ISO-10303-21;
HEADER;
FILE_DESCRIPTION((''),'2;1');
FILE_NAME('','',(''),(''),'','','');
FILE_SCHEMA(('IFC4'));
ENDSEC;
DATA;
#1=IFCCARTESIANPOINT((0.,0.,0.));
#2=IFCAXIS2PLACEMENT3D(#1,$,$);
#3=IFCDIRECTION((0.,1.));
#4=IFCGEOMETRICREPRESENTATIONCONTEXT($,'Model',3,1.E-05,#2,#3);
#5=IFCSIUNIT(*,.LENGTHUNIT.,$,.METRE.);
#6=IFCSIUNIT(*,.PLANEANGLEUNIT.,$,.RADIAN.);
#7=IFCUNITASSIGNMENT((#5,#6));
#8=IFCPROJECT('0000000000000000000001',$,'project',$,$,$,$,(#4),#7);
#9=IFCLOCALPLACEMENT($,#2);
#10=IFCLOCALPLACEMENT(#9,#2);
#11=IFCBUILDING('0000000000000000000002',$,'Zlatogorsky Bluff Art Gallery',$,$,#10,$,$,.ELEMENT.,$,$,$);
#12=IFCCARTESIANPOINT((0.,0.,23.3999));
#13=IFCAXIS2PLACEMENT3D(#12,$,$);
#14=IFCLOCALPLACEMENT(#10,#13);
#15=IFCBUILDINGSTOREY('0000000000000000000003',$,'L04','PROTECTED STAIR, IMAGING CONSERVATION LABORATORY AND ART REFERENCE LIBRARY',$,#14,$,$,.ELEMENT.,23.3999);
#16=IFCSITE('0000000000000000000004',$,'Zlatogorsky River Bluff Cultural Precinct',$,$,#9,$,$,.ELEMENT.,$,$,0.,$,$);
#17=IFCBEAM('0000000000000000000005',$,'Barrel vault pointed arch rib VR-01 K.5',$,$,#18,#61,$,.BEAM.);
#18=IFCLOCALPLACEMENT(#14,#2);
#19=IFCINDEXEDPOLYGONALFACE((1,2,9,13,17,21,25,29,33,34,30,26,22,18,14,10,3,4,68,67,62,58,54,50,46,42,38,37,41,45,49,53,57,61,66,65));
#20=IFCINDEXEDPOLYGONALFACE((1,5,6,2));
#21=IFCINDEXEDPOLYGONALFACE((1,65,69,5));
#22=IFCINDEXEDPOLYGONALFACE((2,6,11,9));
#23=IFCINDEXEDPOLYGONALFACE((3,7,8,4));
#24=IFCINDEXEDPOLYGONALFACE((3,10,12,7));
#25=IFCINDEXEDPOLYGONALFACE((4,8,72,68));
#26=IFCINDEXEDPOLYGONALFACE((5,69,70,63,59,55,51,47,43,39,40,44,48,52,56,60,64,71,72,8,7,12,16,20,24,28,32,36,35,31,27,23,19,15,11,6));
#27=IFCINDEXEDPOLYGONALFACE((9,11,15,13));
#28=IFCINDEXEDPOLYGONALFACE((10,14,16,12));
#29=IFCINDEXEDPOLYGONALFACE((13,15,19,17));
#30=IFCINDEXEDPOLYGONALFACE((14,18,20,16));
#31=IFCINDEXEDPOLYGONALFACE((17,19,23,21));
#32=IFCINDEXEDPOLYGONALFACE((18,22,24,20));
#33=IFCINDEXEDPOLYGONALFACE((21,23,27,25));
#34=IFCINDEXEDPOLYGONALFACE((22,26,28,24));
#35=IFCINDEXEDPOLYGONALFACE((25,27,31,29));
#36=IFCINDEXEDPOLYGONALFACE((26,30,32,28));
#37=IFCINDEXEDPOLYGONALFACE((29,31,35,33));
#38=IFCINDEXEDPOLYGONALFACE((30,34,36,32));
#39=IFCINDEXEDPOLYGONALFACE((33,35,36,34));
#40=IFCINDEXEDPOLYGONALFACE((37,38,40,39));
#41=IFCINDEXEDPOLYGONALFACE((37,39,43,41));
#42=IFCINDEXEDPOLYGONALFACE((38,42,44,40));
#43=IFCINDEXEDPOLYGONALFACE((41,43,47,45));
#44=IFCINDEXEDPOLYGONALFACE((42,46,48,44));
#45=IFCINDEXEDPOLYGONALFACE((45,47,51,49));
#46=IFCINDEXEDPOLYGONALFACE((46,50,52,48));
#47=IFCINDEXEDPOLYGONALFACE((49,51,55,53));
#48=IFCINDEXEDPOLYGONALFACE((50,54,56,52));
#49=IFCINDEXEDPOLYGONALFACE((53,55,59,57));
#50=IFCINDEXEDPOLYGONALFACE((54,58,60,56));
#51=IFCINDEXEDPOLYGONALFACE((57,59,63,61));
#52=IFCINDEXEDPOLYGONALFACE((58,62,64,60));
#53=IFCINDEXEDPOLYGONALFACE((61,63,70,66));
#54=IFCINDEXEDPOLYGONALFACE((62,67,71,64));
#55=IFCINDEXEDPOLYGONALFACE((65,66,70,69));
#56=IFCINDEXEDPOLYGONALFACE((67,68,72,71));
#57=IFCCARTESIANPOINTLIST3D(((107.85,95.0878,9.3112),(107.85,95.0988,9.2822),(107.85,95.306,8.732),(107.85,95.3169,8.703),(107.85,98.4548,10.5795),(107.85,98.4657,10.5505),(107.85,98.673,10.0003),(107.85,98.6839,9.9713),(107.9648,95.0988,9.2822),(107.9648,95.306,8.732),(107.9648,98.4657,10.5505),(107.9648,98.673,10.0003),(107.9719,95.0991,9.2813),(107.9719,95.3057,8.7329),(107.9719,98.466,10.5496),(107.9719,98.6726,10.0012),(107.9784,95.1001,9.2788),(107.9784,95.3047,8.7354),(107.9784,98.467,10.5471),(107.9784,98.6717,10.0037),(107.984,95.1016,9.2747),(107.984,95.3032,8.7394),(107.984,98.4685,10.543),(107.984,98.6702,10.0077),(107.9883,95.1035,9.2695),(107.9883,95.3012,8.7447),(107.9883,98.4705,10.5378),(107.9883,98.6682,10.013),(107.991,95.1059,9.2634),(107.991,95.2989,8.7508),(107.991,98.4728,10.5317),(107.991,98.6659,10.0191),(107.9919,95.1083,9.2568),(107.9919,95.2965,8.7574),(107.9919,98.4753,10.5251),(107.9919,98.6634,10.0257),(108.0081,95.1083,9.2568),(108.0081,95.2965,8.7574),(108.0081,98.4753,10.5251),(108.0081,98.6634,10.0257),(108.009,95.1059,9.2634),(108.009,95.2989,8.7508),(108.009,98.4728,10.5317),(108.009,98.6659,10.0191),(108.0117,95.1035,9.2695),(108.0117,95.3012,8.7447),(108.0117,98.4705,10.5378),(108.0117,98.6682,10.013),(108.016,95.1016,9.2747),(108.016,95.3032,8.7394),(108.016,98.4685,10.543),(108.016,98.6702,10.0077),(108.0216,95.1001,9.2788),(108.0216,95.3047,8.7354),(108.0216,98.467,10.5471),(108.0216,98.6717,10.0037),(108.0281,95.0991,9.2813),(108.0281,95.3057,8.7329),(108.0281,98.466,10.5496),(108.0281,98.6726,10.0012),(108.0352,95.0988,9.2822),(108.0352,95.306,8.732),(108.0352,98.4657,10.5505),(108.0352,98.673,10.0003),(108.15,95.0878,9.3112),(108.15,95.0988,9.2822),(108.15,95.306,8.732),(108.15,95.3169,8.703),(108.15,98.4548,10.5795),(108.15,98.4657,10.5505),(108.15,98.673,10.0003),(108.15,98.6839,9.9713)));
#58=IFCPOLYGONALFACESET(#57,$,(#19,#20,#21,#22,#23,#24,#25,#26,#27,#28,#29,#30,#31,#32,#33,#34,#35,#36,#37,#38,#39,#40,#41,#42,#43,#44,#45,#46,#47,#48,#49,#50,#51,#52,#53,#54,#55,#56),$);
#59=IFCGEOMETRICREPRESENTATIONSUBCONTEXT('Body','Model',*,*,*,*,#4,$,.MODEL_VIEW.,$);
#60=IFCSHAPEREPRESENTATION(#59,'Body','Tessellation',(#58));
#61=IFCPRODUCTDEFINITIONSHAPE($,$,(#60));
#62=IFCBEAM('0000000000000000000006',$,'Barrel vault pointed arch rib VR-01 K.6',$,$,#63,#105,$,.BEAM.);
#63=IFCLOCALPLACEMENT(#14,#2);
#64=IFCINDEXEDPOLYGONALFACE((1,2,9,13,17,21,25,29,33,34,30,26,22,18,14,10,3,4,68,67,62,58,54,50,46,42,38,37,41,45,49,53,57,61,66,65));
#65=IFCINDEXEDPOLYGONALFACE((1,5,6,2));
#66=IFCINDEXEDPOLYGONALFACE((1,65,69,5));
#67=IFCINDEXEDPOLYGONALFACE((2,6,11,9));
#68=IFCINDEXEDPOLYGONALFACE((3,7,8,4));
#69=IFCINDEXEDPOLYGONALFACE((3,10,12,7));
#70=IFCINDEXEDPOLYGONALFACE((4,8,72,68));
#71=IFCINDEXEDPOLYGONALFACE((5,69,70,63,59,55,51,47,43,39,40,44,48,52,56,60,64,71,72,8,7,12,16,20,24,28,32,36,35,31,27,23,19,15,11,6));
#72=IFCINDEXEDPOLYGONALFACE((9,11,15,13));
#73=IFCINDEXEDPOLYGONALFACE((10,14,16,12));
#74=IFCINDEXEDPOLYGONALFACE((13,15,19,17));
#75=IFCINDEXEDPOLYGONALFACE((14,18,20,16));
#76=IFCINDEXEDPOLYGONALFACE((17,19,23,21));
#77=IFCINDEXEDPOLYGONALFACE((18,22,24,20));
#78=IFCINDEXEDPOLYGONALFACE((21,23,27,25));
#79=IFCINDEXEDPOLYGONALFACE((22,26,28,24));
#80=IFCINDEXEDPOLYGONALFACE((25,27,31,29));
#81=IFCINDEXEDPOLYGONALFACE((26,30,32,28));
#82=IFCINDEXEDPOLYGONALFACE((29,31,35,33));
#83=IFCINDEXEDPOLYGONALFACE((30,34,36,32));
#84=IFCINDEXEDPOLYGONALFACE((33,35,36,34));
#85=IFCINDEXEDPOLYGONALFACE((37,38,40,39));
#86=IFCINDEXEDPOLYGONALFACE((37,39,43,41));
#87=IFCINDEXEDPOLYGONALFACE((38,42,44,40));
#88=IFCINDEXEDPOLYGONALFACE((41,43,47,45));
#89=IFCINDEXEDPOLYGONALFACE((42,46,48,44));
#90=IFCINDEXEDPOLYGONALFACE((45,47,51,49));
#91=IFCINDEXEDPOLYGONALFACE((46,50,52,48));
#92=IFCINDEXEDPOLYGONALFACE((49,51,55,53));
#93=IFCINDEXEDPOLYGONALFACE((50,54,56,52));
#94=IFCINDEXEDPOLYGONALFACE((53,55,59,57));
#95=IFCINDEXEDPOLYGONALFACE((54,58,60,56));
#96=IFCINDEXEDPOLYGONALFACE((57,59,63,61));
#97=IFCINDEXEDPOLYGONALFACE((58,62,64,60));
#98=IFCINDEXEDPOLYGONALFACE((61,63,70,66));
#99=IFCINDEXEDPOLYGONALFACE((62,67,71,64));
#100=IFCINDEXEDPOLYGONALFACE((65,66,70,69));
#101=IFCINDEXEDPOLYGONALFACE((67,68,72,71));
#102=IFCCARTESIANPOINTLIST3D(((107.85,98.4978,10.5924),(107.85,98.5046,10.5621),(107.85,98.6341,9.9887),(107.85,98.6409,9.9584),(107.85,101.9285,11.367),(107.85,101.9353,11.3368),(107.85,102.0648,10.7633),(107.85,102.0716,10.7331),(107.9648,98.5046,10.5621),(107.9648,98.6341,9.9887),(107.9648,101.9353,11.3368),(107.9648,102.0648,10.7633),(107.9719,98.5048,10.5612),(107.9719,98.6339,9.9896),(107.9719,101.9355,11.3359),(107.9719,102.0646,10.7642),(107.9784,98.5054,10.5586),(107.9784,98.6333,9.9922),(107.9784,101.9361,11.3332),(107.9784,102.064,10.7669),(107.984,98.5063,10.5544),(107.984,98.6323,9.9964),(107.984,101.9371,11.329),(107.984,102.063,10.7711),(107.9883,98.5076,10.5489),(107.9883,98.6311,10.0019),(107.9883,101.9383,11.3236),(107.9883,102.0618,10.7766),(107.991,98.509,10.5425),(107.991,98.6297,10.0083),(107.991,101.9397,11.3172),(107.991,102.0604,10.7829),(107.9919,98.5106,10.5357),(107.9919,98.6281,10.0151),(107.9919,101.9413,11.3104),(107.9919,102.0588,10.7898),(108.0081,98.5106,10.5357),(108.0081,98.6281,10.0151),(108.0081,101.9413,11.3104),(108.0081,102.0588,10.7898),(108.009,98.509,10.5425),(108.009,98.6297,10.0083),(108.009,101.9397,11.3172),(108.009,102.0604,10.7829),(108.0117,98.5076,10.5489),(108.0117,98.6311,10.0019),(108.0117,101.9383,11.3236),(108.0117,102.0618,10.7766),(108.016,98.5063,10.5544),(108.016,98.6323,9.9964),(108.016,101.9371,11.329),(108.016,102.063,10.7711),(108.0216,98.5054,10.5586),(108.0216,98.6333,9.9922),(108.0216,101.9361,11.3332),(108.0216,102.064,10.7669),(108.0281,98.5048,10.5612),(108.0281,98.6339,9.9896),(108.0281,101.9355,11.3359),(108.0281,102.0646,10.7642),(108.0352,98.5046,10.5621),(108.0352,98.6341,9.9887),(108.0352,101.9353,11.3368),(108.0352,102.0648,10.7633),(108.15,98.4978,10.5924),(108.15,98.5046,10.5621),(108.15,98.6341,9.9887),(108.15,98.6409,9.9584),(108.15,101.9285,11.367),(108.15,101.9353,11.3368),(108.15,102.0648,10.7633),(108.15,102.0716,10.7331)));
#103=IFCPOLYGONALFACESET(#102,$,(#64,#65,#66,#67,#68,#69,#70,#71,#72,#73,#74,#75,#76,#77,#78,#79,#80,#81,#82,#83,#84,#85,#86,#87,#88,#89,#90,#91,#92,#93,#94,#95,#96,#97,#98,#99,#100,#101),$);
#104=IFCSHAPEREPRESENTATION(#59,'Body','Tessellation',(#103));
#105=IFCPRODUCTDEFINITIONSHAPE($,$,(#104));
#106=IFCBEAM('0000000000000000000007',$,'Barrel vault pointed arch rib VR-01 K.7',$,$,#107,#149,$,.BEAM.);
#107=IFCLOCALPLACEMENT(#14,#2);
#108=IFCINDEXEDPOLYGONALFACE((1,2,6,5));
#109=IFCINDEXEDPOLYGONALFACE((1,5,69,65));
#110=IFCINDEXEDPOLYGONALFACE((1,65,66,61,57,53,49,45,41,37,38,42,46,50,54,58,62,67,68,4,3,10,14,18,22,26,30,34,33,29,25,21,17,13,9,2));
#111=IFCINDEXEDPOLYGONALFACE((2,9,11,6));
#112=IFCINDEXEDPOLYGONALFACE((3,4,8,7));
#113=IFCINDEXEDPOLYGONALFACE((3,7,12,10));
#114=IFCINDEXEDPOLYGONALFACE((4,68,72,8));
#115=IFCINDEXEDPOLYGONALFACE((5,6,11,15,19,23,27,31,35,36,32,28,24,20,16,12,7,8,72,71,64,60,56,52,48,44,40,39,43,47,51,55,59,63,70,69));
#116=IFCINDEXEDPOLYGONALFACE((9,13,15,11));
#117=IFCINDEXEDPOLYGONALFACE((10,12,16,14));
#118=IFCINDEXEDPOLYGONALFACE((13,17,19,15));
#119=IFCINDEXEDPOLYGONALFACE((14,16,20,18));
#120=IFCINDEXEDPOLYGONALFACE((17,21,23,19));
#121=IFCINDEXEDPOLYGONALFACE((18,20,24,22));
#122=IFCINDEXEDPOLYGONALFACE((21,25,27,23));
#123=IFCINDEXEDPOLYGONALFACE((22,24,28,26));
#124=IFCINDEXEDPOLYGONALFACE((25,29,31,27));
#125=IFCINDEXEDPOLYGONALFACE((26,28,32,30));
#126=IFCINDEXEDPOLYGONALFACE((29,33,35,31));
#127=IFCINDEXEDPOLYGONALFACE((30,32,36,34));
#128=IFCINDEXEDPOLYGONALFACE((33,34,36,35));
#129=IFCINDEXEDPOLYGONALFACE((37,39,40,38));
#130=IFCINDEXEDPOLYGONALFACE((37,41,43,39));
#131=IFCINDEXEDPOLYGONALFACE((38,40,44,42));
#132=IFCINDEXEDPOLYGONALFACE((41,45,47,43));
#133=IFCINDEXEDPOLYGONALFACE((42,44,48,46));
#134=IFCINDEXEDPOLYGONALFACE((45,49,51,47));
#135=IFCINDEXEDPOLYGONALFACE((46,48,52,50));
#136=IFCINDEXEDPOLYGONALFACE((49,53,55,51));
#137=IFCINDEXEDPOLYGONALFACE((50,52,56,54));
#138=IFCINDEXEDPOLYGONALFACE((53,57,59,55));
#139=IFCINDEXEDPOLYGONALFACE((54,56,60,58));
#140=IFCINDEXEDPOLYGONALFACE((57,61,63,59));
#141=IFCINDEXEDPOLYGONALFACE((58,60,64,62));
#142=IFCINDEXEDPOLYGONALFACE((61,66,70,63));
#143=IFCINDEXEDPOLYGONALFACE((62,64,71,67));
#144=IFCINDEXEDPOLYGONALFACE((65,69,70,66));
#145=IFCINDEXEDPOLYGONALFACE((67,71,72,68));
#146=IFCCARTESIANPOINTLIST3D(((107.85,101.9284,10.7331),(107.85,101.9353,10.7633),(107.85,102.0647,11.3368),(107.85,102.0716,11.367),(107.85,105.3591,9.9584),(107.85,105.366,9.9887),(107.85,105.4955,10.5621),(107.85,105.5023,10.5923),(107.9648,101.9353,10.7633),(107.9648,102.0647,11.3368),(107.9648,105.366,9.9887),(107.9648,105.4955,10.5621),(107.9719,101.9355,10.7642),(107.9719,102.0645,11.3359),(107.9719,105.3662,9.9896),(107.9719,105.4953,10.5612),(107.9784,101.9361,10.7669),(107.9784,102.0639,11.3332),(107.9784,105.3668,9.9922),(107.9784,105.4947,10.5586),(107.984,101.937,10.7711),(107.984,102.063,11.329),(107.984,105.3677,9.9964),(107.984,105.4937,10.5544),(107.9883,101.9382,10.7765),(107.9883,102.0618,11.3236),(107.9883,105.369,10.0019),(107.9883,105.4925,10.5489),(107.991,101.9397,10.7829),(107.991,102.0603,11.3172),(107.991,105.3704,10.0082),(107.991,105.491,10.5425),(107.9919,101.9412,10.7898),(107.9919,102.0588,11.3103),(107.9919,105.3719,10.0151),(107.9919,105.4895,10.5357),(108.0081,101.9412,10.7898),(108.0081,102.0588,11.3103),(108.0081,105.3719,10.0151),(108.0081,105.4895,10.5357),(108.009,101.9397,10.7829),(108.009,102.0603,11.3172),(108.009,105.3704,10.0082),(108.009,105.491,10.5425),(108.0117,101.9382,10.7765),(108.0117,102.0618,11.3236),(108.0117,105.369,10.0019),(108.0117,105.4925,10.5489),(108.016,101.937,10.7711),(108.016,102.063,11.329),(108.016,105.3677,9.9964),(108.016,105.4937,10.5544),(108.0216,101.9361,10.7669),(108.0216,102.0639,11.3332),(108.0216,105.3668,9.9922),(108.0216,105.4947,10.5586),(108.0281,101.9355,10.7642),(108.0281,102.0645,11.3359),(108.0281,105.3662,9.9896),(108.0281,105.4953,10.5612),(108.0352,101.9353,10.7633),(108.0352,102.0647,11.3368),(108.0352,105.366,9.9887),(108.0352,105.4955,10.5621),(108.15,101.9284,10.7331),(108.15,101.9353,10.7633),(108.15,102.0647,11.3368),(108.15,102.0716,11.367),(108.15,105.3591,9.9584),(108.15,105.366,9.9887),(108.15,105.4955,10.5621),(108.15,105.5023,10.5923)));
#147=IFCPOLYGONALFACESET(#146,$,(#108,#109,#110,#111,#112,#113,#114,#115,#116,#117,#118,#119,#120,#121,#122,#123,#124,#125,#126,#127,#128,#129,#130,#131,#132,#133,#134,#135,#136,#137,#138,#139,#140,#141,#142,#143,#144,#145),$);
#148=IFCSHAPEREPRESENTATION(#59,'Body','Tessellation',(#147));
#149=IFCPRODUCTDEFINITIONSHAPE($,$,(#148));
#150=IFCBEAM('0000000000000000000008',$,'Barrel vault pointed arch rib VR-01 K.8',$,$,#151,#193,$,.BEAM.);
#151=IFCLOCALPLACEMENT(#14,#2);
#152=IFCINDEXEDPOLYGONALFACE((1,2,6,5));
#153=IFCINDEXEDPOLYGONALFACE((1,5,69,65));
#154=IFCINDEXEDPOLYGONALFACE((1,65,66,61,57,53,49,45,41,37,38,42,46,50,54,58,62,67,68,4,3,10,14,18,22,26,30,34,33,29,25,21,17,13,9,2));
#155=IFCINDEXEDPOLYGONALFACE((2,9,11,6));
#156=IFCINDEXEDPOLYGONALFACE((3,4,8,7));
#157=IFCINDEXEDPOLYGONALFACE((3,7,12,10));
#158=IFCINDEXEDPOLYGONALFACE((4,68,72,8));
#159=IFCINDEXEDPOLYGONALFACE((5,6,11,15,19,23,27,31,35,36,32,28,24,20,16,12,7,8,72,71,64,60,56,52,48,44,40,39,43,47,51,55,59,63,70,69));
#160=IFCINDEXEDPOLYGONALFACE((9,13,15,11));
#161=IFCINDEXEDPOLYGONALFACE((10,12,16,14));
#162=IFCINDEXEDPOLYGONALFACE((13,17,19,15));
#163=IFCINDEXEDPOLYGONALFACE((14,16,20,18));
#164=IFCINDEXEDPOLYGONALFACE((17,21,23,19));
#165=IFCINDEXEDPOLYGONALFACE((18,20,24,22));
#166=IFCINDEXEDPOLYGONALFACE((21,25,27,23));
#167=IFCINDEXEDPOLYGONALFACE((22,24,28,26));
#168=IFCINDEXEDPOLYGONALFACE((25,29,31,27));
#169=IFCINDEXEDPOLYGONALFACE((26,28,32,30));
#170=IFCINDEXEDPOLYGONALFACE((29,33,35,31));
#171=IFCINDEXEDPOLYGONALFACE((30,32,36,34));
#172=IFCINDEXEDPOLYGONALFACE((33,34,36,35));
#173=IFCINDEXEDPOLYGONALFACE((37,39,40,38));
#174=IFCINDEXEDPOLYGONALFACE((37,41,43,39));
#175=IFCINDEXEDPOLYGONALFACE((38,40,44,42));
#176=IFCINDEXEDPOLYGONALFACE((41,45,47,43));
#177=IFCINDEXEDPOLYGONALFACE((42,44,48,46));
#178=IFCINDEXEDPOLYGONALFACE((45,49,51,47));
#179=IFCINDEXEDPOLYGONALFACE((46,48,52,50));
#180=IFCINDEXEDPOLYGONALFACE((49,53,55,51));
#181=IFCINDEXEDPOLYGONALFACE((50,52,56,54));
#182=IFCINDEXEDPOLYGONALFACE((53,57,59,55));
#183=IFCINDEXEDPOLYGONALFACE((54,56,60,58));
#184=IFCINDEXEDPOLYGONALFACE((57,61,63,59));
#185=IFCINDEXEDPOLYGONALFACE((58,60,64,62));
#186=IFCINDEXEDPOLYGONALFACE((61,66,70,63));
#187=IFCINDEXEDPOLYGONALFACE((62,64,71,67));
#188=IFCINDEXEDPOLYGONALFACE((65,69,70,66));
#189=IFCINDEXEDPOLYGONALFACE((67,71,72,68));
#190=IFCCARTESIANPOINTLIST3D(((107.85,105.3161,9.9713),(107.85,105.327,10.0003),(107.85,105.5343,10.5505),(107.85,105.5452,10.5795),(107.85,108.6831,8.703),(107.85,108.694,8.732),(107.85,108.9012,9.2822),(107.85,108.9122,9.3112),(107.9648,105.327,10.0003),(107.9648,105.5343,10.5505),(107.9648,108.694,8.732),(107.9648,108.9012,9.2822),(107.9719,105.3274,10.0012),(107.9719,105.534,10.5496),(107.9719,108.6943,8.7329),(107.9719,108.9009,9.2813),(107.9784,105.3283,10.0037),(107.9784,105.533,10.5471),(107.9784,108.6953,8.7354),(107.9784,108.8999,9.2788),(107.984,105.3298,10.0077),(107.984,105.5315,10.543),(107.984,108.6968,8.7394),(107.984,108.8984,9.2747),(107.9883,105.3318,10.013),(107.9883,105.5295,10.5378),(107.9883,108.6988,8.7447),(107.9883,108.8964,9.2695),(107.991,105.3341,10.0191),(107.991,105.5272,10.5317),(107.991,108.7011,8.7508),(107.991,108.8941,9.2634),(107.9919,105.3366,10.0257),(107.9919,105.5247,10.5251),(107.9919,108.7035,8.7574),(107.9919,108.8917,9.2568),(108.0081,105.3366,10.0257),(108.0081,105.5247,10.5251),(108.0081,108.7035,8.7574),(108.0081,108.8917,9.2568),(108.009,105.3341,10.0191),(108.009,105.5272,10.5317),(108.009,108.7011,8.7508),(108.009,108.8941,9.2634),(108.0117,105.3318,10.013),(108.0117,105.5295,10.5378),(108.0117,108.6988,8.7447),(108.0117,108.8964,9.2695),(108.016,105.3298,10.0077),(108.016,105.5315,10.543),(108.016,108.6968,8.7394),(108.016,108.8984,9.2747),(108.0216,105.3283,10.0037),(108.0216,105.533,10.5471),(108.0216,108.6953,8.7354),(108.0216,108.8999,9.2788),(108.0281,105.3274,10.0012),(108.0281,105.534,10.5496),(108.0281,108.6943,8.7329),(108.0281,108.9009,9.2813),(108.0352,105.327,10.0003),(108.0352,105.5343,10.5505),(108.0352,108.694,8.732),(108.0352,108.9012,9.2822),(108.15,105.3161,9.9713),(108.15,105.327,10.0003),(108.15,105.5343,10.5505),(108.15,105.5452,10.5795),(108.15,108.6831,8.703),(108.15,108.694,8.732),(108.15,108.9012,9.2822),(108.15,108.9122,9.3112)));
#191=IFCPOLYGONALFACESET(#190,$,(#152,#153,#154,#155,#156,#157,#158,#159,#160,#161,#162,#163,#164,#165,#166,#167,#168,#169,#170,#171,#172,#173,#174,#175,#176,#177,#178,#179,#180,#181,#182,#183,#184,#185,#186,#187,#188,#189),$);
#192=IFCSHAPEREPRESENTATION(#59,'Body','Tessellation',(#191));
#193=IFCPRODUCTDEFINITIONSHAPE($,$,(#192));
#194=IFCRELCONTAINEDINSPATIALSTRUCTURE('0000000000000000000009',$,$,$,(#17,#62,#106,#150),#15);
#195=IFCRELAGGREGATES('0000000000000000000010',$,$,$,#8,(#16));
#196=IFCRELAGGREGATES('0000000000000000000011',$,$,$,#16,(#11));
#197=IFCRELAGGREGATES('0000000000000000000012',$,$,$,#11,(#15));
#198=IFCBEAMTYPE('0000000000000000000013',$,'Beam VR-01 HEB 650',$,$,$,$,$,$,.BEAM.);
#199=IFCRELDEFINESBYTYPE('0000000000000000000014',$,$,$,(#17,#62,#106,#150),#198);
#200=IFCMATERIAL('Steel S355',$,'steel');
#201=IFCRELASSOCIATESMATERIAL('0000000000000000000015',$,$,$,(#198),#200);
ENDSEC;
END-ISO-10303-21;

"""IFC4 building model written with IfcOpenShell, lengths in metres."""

from ifc_helpers import new_model, si_unit, direction, frame, origin, origin_2d, place, context, subcontext, project, spatial, i_section, extrude, material, material_profile, profile_set, type_object, element, save


model = new_model("IFC4")

# Units and contexts
model_context = context("Model", 3, precision=1e-05, world=origin(), true_north=direction((0.0, 1.0)))
body_context = subcontext(model_context, "Body", "Model", "MODEL_VIEW")
ifc_project = project(units=[si_unit("LENGTHUNIT", "METRE"), si_unit("PLANEANGLEUNIT", "RADIAN")], contexts=[model_context])

# Site, building, storey
site_placement = place(None, origin())
site = spatial("IfcSite", under=ifc_project, at=site_placement, Name="Zlatogorsky River Bluff Cultural Precinct", CompositionType="ELEMENT", RefElevation=0.0)
building_placement = place(site_placement, origin())
building = spatial("IfcBuilding", under=site, at=building_placement, Name="Zlatogorsky Bluff Art Gallery", CompositionType="ELEMENT")
storey_placement = place(building_placement, frame((0.0, 0.0, 23.3999)))
storey = spatial("IfcBuildingStorey", under=building, at=storey_placement, Name="L04", Description="PROTECTED STAIR, IMAGING CONSERVATION LABORATORY AND ART REFERENCE LIBRARY", CompositionType="ELEMENT", Elevation=23.3999)

# Shared definitions
ifc_material_1 = material(Name="Steel S355", Category="steel")

# Beams
ifc_material_profile_1 = material_profile(ifc_material_1, i_section(OverallWidth=0.3, OverallDepth=0.6499, WebThickness=0.0161, FlangeThickness=0.031, FilletRadius=0.0271, at=origin_2d()), Name="HEB 650")
ifc_profile_set_1 = profile_set([ifc_material_profile_1], Name="Steel S355")
beam_type_1 = type_object("IfcBeamType", Name="Beam VR-01 HEB 650", PredefinedType="BEAM", material=ifc_profile_set_1)
beam_1_placement = place(storey_placement, frame((108.0, 95.2024, 9.0071), z_axis=(0.0, 0.935807, 0.352514), x_axis=(-1.0, 0.0, 0.0)))
element("IfcBeam", 1, at=beam_1_placement, inside=storey, type_object=beam_type_1, Name="Barrel vault pointed arch rib VR-01 K.5", PredefinedType="BEAM", context=body_context, shape_type="SweptSolid", body=[
    extrude(i_section(OverallWidth=0.3, OverallDepth=0.6499, WebThickness=0.0161, FlangeThickness=0.031, FilletRadius=0.0271, at=origin_2d()), origin(), (0.0, 0.0, 1.0), 3.5979),
])
for number, where, z_axis, x_axis, name in (
    (2, (108.0, 98.5693, 10.2754), (0.0, 0.975441, 0.220259), (-1.0, 0.0, 0.0), "Barrel vault pointed arch rib VR-01 K.6"),
    (3, (108.0, 102.0, 11.05), (0.0, 0.975441, -0.220259), (-1.0, 0.0, 0.0), "Barrel vault pointed arch rib VR-01 K.7"),
):
    element("IfcBeam", number, at=place(storey_placement, frame(where, z_axis=z_axis, x_axis=x_axis)), inside=storey, type_object=beam_type_1, Name=name, PredefinedType="BEAM", context=body_context, shape_type="SweptSolid", body=[
        extrude(i_section(OverallWidth=0.3, OverallDepth=0.6499, WebThickness=0.0161, FlangeThickness=0.031, FilletRadius=0.0271, at=origin_2d()), origin(), (0.0, 0.0, 1.0), 3.5171),
    ])
beam_2_placement = place(storey_placement, frame((108.0, 105.4307, 10.2754), z_axis=(0.0, 0.935807, -0.352514), x_axis=(-1.0, 0.0, 0.0)))
element("IfcBeam", 4, at=beam_2_placement, inside=storey, type_object=beam_type_1, Name="Barrel vault pointed arch rib VR-01 K.8", PredefinedType="BEAM", context=body_context, shape_type="SweptSolid", body=[
    extrude(i_section(OverallWidth=0.3, OverallDepth=0.6499, WebThickness=0.0161, FlangeThickness=0.031, FilletRadius=0.0271, at=origin_2d()), origin(), (0.0, 0.0, 1.0), 3.5979),
])

save(model, "model.ifc")
